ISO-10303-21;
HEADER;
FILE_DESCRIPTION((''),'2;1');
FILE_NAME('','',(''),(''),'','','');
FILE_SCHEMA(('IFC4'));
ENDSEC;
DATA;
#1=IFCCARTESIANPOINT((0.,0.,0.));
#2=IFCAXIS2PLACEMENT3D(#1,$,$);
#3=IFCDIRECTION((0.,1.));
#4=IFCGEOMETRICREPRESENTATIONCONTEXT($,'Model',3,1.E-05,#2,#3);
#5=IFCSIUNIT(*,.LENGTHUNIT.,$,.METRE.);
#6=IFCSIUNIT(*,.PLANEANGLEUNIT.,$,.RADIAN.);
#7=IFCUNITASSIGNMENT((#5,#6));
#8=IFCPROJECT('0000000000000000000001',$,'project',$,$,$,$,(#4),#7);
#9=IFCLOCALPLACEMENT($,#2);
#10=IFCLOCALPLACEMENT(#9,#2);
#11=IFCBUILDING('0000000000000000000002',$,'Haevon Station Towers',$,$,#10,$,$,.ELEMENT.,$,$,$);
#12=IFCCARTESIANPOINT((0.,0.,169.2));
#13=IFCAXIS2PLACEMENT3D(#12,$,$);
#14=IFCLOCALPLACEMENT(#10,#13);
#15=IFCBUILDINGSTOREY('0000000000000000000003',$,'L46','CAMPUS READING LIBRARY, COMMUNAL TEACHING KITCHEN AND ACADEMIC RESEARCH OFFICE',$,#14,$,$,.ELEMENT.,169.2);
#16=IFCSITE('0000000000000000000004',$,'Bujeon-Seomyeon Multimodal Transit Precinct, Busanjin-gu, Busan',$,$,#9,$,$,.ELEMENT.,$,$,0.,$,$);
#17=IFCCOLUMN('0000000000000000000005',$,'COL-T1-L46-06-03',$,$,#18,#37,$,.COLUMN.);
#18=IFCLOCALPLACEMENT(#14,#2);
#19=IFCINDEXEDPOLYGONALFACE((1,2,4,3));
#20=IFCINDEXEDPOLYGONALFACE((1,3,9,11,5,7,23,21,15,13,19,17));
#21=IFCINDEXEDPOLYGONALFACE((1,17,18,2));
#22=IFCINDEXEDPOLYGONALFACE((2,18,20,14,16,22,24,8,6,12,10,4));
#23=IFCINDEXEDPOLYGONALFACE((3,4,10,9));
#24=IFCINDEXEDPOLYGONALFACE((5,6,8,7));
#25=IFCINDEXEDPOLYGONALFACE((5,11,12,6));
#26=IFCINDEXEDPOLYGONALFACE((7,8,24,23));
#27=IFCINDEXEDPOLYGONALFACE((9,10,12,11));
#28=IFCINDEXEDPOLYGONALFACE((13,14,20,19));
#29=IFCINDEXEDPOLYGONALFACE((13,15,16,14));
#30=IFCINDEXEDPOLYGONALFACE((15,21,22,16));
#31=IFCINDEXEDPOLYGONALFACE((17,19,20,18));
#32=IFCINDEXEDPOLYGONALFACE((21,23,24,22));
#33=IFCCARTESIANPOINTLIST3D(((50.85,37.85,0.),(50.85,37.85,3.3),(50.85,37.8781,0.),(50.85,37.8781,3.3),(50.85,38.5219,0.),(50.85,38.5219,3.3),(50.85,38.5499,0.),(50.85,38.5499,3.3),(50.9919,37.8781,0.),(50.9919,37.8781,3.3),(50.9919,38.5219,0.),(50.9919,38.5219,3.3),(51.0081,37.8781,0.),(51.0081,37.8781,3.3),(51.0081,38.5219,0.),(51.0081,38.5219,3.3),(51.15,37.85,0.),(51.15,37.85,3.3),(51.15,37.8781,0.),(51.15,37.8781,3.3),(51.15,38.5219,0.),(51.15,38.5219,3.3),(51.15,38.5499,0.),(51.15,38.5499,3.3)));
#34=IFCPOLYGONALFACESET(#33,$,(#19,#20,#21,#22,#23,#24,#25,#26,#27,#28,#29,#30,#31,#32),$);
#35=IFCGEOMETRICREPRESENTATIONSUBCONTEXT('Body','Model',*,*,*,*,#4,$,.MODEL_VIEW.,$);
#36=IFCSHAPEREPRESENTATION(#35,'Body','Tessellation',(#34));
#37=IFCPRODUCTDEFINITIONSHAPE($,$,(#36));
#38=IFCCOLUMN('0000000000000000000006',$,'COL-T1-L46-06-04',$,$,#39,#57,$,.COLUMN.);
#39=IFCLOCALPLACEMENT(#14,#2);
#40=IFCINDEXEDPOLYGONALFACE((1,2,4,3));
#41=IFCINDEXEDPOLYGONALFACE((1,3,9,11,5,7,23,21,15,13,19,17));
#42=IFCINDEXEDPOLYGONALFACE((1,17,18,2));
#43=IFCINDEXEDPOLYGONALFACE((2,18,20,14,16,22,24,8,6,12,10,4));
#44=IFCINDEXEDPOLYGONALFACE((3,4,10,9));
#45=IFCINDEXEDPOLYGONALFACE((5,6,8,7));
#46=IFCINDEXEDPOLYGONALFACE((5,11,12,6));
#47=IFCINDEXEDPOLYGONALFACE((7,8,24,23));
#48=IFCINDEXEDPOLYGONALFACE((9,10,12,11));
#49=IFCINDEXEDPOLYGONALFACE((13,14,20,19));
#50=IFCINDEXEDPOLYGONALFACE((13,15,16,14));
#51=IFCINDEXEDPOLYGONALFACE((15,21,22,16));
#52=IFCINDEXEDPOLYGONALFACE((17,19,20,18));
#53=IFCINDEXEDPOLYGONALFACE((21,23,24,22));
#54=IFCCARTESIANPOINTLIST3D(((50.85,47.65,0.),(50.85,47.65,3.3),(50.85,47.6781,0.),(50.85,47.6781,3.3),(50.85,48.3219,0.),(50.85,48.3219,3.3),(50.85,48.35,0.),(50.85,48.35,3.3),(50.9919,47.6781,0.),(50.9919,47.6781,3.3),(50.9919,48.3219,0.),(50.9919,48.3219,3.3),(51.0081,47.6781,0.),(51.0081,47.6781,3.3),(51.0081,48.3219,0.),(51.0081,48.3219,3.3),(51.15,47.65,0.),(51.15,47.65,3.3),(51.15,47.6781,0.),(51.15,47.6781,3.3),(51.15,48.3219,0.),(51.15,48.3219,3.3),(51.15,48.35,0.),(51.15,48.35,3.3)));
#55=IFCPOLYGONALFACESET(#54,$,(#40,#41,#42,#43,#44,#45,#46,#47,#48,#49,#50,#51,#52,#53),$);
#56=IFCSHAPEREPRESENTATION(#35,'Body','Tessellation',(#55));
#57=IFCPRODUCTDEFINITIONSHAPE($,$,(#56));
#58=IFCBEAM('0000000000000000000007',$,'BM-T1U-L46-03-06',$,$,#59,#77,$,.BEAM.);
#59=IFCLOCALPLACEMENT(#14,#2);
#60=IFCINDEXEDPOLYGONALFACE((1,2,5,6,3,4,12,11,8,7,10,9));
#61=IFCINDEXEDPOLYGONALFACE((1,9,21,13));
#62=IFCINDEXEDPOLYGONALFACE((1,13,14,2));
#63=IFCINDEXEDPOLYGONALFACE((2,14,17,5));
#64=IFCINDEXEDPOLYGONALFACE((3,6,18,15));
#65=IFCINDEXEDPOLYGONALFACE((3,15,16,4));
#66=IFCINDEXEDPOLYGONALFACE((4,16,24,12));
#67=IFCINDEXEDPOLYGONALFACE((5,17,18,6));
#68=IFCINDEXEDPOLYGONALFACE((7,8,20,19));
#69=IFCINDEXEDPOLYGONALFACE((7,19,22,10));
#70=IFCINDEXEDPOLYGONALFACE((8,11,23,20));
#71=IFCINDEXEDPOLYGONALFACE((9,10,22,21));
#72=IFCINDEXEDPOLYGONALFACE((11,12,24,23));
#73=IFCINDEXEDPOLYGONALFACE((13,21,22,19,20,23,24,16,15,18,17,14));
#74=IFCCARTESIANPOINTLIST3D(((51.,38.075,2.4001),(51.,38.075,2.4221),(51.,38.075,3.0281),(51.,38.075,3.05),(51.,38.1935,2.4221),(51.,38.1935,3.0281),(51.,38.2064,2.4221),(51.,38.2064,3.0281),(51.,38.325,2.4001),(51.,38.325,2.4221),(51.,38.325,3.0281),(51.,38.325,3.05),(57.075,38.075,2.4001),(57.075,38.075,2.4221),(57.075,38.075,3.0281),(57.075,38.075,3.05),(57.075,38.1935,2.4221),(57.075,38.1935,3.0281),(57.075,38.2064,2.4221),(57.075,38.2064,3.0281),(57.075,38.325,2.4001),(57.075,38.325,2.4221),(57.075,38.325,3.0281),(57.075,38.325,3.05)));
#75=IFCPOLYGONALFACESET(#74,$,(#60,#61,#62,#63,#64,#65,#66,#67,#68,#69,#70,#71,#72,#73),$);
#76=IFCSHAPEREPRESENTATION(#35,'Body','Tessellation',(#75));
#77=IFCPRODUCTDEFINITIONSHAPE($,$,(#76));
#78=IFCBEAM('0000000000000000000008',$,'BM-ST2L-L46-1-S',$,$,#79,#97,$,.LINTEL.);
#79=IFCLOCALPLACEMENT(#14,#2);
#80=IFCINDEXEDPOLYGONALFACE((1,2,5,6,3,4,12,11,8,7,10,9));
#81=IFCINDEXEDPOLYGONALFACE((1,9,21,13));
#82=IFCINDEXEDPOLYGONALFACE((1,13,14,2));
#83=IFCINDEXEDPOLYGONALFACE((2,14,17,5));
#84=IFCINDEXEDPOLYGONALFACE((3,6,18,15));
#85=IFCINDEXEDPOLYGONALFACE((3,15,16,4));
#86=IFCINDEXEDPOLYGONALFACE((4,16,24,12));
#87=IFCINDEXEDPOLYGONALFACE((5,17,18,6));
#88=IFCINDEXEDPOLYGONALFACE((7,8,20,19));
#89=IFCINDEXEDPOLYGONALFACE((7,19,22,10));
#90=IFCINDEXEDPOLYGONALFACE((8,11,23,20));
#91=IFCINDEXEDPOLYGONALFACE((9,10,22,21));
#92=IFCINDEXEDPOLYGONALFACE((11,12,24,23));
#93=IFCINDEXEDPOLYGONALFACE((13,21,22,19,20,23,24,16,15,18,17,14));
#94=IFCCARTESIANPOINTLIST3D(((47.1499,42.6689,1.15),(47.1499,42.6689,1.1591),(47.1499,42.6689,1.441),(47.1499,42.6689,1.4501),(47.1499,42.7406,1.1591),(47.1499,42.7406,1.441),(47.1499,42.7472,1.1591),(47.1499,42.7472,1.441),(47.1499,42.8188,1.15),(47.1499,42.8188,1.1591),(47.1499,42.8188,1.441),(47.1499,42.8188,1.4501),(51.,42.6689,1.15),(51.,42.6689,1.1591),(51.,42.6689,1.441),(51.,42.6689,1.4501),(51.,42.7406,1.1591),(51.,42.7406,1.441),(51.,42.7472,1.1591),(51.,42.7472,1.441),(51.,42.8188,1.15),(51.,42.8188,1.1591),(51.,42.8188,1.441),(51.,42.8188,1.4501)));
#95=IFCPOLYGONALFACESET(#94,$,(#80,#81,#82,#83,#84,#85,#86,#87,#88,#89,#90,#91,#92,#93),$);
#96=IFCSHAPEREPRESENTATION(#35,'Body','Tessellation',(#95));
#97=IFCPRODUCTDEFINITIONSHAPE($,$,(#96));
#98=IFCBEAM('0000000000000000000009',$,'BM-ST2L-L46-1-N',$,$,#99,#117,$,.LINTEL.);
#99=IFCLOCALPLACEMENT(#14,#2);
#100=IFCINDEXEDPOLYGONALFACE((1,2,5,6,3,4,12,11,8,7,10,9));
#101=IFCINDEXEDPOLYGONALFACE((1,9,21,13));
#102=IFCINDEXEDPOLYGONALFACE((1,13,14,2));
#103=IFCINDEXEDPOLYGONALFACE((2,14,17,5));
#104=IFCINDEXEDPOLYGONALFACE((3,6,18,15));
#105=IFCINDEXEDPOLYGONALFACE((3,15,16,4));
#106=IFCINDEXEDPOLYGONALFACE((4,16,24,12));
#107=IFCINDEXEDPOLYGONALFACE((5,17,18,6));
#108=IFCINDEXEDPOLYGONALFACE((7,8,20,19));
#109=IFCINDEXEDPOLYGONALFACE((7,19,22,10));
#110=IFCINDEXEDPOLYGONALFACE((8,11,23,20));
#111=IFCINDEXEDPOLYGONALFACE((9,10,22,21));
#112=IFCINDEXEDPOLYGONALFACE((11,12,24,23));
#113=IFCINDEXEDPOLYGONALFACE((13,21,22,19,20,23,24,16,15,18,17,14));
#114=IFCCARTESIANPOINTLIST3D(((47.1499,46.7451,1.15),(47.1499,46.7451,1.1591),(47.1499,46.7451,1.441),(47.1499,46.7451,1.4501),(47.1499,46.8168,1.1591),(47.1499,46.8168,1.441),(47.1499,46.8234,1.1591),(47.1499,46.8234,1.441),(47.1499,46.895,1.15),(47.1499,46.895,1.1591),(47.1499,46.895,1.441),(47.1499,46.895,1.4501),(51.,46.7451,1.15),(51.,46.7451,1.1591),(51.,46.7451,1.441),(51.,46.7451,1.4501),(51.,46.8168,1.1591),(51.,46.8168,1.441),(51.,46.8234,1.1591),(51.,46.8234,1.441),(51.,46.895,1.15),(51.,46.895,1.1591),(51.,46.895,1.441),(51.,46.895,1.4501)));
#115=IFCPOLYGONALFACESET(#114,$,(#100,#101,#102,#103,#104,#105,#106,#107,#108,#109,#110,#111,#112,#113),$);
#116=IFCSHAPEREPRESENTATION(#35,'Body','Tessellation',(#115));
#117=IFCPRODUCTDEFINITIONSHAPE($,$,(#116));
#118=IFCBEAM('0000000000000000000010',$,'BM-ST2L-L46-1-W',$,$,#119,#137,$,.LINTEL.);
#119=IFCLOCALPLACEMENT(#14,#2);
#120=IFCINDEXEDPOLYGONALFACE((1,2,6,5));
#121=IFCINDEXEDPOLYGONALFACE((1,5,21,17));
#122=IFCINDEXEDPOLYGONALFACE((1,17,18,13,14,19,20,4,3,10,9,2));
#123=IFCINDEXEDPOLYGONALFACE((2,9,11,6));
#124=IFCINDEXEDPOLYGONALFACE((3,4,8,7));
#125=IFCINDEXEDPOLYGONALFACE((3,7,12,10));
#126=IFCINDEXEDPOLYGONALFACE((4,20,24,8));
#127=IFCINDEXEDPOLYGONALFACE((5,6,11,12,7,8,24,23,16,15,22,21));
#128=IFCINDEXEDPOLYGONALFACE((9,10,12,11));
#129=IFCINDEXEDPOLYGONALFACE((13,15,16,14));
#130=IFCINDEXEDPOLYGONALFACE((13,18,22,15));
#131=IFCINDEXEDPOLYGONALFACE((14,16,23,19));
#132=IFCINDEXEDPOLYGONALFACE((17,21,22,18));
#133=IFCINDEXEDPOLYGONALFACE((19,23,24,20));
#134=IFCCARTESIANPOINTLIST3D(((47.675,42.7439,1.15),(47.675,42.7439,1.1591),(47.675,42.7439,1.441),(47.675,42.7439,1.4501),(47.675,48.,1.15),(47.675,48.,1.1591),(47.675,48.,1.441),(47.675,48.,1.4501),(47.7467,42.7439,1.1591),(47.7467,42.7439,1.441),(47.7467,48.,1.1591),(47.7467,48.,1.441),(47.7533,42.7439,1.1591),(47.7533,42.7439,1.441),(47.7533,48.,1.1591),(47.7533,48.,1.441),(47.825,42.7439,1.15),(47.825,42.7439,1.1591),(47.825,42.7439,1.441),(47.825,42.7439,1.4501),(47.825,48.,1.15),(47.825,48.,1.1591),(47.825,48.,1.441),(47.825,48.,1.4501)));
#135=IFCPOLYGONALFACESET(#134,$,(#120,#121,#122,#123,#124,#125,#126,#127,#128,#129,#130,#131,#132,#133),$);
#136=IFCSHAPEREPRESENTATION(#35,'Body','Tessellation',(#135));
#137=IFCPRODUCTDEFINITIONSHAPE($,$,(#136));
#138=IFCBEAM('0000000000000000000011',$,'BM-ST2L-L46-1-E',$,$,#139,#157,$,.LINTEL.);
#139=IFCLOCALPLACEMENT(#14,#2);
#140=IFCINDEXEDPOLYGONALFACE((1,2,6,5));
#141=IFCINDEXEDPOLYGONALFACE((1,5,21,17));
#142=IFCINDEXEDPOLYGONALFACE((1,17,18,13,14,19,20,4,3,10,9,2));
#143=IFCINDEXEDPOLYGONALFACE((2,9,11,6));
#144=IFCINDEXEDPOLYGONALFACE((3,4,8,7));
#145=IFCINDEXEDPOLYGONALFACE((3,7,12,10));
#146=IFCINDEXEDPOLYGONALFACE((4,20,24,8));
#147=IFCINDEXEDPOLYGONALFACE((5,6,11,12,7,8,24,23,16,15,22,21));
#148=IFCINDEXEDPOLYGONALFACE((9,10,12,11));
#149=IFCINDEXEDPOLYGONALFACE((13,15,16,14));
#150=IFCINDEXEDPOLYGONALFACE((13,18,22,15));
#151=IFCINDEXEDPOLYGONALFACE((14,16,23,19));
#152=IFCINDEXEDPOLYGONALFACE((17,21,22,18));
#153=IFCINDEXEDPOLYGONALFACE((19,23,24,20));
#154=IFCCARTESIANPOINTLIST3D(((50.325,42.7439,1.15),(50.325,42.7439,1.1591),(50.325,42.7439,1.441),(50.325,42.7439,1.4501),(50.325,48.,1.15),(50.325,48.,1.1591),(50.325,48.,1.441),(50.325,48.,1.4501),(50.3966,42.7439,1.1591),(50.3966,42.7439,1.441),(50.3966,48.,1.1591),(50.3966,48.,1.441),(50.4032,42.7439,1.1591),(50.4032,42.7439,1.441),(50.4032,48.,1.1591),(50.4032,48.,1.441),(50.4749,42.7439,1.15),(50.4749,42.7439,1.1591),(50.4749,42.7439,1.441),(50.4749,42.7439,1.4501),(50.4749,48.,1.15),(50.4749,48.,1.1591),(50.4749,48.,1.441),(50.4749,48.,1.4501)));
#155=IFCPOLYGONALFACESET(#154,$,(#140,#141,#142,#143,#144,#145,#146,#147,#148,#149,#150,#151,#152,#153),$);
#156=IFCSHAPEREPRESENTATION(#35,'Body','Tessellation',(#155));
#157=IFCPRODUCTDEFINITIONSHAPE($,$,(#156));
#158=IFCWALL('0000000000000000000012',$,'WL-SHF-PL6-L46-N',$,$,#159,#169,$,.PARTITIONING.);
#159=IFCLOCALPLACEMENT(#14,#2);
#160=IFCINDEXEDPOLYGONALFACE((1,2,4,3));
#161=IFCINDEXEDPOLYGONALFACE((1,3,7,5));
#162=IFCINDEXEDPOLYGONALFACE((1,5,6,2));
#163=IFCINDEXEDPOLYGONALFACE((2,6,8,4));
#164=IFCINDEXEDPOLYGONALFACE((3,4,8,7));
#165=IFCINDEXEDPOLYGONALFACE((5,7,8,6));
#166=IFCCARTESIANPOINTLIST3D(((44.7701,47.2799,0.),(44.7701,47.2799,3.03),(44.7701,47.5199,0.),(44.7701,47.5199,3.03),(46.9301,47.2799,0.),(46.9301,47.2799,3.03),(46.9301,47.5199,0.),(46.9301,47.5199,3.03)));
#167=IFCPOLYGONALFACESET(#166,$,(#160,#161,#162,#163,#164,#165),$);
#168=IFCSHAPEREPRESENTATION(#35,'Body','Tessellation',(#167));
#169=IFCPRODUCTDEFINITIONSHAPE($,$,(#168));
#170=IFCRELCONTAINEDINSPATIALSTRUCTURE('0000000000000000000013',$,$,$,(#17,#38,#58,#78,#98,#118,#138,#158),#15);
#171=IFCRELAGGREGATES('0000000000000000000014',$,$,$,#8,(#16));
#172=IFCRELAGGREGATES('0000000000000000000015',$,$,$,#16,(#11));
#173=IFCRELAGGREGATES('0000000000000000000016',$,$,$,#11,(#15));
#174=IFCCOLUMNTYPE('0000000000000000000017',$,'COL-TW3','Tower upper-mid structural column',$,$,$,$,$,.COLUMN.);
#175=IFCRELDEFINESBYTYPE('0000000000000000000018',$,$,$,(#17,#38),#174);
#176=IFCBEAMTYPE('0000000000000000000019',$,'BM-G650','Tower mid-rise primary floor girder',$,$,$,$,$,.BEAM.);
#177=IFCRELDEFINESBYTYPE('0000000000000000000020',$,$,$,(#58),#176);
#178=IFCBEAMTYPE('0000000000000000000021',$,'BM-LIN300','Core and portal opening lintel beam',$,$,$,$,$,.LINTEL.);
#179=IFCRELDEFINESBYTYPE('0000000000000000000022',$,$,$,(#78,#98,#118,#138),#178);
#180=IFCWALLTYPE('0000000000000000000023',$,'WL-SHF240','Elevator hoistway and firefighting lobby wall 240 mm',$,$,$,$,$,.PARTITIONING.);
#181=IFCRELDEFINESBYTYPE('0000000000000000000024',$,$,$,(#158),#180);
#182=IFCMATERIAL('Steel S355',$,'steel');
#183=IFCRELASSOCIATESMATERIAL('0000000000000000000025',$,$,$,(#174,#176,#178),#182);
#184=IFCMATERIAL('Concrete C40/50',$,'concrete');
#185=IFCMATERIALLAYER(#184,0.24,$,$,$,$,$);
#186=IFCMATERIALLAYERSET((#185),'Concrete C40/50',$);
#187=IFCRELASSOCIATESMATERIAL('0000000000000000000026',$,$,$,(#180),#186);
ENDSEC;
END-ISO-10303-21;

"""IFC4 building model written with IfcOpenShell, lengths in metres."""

from ifc_helpers import new_model, si_unit, direction, frame, frame_2d, origin, origin_2d, place, context, subcontext, project, spatial, rectangle, i_section, extrude, material, layer, layer_set, material_profile, profile_set, type_object, element, save


model = new_model("IFC4")

# Units and contexts
model_context = context("Model", 3, precision=1e-05, world=origin(), true_north=direction((0.0, 1.0)))
body_context = subcontext(model_context, "Body", "Model", "MODEL_VIEW")
ifc_project = project(units=[si_unit("LENGTHUNIT", "METRE"), si_unit("PLANEANGLEUNIT", "RADIAN")], contexts=[model_context])

# Site, building, storey
site_placement = place(None, origin())
site = spatial("IfcSite", under=ifc_project, at=site_placement, Name="Bujeon-Seomyeon Multimodal Transit Precinct, Busanjin-gu, Busan", CompositionType="ELEMENT", RefElevation=0.0)
building_placement = place(site_placement, origin())
building = spatial("IfcBuilding", under=site, at=building_placement, Name="Haevon Station Towers", CompositionType="ELEMENT")
storey_placement = place(building_placement, frame((0.0, 0.0, 169.2)))
storey = spatial("IfcBuildingStorey", under=building, at=storey_placement, Name="L46", Description="CAMPUS READING LIBRARY, COMMUNAL TEACHING KITCHEN AND ACADEMIC RESEARCH OFFICE", CompositionType="ELEMENT", Elevation=169.2)

# Columns
ifc_material_1 = material(Name="Steel S355", Category="steel")
ifc_material_profile_1 = material_profile(ifc_material_1, i_section(OverallWidth=0.3, OverallDepth=0.7, WebThickness=0.0161, FlangeThickness=0.0281, at=origin_2d()), Name="H-700x300x16x28")
ifc_profile_set_1 = profile_set([ifc_material_profile_1], Name="Steel S355")
column_type = type_object("IfcColumnType", Name="COL-TW3", Description="Tower upper-mid structural column", PredefinedType="COLUMN", material=ifc_profile_set_1)
for number, where, z_axis, x_axis, name in (
    (1, (51.0, 38.2, 0.0), (0.0, 0.0, 1.0), (1.0, 0.0, 0.0), "COL-T1-L46-06-03"),
    (2, (51.0, 48.0, 0.0), (0.0, 0.0, 1.0), (1.0, 0.0, 0.0), "COL-T1-L46-06-04"),
):
    element("IfcColumn", number, at=place(storey_placement, frame(where, z_axis=z_axis, x_axis=x_axis)), inside=storey, type_object=column_type, Name=name, PredefinedType="COLUMN", context=body_context, shape_type="SweptSolid", body=[
        extrude(i_section(OverallWidth=0.3, OverallDepth=0.7, WebThickness=0.0161, FlangeThickness=0.0281, at=origin_2d()), origin(), (0.0, 0.0, 1.0), 3.3),
    ])

# Beams
ifc_material_profile_2 = material_profile(ifc_material_1, i_section(OverallWidth=0.25, OverallDepth=0.6499, WebThickness=0.0129, FlangeThickness=0.022, at=origin_2d()), Name="H-650x250x13x22")
ifc_profile_set_2 = profile_set([ifc_material_profile_2], Name="Steel S355")
beam_type_1 = type_object("IfcBeamType", Name="BM-G650", Description="Tower mid-rise primary floor girder", PredefinedType="BEAM", material=ifc_profile_set_2)
beam_placement = place(storey_placement, frame((51.0, 38.2, 2.7251), z_axis=(1.0, 0.0, 0.0), x_axis=(0.0, 1.0, 0.0)))
element("IfcBeam", 3, at=beam_placement, inside=storey, type_object=beam_type_1, Name="BM-T1U-L46-03-06", PredefinedType="BEAM", context=body_context, shape_type="SweptSolid", body=[
    extrude(i_section(OverallWidth=0.25, OverallDepth=0.6499, WebThickness=0.0129, FlangeThickness=0.022, at=origin_2d()), origin(), (0.0, 0.0, 1.0), 6.075),
])
ifc_material_profile_3 = material_profile(ifc_material_1, i_section(OverallWidth=0.1499, OverallDepth=0.3, WebThickness=0.0066, FlangeThickness=0.009, at=origin_2d()), Name="H-300x150x6.5x9")
ifc_profile_set_3 = profile_set([ifc_material_profile_3], Name="Steel S355")
beam_type_2 = type_object("IfcBeamType", Name="BM-LIN300", Description="Core and portal opening lintel beam", PredefinedType="LINTEL", material=ifc_profile_set_3)
for number, where, z_axis, x_axis, name in (
    (4, (47.1499, 42.7439, 1.3), (1.0, 0.0, 0.0), (0.0, 1.0, 0.0), "BM-ST2L-L46-1-S"),
    (5, (47.1499, 46.8201, 1.3), (1.0, 0.0, 0.0), (0.0, 1.0, 0.0), "BM-ST2L-L46-1-N"),
):
    element("IfcBeam", number, at=place(storey_placement, frame(where, z_axis=z_axis, x_axis=x_axis)), inside=storey, type_object=beam_type_2, Name=name, PredefinedType="LINTEL", context=body_context, shape_type="SweptSolid", body=[
        extrude(i_section(OverallWidth=0.1499, OverallDepth=0.3, WebThickness=0.0066, FlangeThickness=0.009, at=origin_2d()), origin(), (0.0, 0.0, 1.0), 3.8501),
    ])
for number, where, z_axis, x_axis, name in (
    (6, (47.75, 42.7439, 1.3), (0.0, 1.0, 0.0), (-1.0, 0.0, 0.0), "BM-ST2L-L46-1-W"),
    (7, (50.3999, 42.7439, 1.3), (0.0, 1.0, 0.0), (-1.0, 0.0, 0.0), "BM-ST2L-L46-1-E"),
):
    element("IfcBeam", number, at=place(storey_placement, frame(where, z_axis=z_axis, x_axis=x_axis)), inside=storey, type_object=beam_type_2, Name=name, PredefinedType="LINTEL", context=body_context, shape_type="SweptSolid", body=[
        extrude(i_section(OverallWidth=0.1499, OverallDepth=0.3, WebThickness=0.0066, FlangeThickness=0.009, at=origin_2d()), origin(), (0.0, 0.0, 1.0), 5.2561),
    ])

# Wall
ifc_material_2 = material(Name="Concrete C40/50", Category="concrete")
ifc_layer = layer(ifc_material_2, 0.24)
ifc_layer_set = layer_set([ifc_layer], Name="Concrete C40/50")
wall_type = type_object("IfcWallType", Name="WL-SHF240", Description="Elevator hoistway and firefighting lobby wall 240 mm", PredefinedType="PARTITIONING", material=ifc_layer_set)
wall_placement = place(storey_placement, frame((44.77, 47.3999, 0.0), z_axis=(0.0, 0.0, 1.0), x_axis=(1.0, 0.0, 0.0)))
element("IfcWall", 8, at=wall_placement, inside=storey, type_object=wall_type, Name="WL-SHF-PL6-L46-N", PredefinedType="PARTITIONING", context=body_context, shape_type="SweptSolid", body=[
    extrude(rectangle(XDim=2.1599, YDim=0.24, at=frame_2d((1.0801, 0.0))), origin(), (0.0, 0.0, 1.0), 3.03),
])

save(model, "model.ifc")
